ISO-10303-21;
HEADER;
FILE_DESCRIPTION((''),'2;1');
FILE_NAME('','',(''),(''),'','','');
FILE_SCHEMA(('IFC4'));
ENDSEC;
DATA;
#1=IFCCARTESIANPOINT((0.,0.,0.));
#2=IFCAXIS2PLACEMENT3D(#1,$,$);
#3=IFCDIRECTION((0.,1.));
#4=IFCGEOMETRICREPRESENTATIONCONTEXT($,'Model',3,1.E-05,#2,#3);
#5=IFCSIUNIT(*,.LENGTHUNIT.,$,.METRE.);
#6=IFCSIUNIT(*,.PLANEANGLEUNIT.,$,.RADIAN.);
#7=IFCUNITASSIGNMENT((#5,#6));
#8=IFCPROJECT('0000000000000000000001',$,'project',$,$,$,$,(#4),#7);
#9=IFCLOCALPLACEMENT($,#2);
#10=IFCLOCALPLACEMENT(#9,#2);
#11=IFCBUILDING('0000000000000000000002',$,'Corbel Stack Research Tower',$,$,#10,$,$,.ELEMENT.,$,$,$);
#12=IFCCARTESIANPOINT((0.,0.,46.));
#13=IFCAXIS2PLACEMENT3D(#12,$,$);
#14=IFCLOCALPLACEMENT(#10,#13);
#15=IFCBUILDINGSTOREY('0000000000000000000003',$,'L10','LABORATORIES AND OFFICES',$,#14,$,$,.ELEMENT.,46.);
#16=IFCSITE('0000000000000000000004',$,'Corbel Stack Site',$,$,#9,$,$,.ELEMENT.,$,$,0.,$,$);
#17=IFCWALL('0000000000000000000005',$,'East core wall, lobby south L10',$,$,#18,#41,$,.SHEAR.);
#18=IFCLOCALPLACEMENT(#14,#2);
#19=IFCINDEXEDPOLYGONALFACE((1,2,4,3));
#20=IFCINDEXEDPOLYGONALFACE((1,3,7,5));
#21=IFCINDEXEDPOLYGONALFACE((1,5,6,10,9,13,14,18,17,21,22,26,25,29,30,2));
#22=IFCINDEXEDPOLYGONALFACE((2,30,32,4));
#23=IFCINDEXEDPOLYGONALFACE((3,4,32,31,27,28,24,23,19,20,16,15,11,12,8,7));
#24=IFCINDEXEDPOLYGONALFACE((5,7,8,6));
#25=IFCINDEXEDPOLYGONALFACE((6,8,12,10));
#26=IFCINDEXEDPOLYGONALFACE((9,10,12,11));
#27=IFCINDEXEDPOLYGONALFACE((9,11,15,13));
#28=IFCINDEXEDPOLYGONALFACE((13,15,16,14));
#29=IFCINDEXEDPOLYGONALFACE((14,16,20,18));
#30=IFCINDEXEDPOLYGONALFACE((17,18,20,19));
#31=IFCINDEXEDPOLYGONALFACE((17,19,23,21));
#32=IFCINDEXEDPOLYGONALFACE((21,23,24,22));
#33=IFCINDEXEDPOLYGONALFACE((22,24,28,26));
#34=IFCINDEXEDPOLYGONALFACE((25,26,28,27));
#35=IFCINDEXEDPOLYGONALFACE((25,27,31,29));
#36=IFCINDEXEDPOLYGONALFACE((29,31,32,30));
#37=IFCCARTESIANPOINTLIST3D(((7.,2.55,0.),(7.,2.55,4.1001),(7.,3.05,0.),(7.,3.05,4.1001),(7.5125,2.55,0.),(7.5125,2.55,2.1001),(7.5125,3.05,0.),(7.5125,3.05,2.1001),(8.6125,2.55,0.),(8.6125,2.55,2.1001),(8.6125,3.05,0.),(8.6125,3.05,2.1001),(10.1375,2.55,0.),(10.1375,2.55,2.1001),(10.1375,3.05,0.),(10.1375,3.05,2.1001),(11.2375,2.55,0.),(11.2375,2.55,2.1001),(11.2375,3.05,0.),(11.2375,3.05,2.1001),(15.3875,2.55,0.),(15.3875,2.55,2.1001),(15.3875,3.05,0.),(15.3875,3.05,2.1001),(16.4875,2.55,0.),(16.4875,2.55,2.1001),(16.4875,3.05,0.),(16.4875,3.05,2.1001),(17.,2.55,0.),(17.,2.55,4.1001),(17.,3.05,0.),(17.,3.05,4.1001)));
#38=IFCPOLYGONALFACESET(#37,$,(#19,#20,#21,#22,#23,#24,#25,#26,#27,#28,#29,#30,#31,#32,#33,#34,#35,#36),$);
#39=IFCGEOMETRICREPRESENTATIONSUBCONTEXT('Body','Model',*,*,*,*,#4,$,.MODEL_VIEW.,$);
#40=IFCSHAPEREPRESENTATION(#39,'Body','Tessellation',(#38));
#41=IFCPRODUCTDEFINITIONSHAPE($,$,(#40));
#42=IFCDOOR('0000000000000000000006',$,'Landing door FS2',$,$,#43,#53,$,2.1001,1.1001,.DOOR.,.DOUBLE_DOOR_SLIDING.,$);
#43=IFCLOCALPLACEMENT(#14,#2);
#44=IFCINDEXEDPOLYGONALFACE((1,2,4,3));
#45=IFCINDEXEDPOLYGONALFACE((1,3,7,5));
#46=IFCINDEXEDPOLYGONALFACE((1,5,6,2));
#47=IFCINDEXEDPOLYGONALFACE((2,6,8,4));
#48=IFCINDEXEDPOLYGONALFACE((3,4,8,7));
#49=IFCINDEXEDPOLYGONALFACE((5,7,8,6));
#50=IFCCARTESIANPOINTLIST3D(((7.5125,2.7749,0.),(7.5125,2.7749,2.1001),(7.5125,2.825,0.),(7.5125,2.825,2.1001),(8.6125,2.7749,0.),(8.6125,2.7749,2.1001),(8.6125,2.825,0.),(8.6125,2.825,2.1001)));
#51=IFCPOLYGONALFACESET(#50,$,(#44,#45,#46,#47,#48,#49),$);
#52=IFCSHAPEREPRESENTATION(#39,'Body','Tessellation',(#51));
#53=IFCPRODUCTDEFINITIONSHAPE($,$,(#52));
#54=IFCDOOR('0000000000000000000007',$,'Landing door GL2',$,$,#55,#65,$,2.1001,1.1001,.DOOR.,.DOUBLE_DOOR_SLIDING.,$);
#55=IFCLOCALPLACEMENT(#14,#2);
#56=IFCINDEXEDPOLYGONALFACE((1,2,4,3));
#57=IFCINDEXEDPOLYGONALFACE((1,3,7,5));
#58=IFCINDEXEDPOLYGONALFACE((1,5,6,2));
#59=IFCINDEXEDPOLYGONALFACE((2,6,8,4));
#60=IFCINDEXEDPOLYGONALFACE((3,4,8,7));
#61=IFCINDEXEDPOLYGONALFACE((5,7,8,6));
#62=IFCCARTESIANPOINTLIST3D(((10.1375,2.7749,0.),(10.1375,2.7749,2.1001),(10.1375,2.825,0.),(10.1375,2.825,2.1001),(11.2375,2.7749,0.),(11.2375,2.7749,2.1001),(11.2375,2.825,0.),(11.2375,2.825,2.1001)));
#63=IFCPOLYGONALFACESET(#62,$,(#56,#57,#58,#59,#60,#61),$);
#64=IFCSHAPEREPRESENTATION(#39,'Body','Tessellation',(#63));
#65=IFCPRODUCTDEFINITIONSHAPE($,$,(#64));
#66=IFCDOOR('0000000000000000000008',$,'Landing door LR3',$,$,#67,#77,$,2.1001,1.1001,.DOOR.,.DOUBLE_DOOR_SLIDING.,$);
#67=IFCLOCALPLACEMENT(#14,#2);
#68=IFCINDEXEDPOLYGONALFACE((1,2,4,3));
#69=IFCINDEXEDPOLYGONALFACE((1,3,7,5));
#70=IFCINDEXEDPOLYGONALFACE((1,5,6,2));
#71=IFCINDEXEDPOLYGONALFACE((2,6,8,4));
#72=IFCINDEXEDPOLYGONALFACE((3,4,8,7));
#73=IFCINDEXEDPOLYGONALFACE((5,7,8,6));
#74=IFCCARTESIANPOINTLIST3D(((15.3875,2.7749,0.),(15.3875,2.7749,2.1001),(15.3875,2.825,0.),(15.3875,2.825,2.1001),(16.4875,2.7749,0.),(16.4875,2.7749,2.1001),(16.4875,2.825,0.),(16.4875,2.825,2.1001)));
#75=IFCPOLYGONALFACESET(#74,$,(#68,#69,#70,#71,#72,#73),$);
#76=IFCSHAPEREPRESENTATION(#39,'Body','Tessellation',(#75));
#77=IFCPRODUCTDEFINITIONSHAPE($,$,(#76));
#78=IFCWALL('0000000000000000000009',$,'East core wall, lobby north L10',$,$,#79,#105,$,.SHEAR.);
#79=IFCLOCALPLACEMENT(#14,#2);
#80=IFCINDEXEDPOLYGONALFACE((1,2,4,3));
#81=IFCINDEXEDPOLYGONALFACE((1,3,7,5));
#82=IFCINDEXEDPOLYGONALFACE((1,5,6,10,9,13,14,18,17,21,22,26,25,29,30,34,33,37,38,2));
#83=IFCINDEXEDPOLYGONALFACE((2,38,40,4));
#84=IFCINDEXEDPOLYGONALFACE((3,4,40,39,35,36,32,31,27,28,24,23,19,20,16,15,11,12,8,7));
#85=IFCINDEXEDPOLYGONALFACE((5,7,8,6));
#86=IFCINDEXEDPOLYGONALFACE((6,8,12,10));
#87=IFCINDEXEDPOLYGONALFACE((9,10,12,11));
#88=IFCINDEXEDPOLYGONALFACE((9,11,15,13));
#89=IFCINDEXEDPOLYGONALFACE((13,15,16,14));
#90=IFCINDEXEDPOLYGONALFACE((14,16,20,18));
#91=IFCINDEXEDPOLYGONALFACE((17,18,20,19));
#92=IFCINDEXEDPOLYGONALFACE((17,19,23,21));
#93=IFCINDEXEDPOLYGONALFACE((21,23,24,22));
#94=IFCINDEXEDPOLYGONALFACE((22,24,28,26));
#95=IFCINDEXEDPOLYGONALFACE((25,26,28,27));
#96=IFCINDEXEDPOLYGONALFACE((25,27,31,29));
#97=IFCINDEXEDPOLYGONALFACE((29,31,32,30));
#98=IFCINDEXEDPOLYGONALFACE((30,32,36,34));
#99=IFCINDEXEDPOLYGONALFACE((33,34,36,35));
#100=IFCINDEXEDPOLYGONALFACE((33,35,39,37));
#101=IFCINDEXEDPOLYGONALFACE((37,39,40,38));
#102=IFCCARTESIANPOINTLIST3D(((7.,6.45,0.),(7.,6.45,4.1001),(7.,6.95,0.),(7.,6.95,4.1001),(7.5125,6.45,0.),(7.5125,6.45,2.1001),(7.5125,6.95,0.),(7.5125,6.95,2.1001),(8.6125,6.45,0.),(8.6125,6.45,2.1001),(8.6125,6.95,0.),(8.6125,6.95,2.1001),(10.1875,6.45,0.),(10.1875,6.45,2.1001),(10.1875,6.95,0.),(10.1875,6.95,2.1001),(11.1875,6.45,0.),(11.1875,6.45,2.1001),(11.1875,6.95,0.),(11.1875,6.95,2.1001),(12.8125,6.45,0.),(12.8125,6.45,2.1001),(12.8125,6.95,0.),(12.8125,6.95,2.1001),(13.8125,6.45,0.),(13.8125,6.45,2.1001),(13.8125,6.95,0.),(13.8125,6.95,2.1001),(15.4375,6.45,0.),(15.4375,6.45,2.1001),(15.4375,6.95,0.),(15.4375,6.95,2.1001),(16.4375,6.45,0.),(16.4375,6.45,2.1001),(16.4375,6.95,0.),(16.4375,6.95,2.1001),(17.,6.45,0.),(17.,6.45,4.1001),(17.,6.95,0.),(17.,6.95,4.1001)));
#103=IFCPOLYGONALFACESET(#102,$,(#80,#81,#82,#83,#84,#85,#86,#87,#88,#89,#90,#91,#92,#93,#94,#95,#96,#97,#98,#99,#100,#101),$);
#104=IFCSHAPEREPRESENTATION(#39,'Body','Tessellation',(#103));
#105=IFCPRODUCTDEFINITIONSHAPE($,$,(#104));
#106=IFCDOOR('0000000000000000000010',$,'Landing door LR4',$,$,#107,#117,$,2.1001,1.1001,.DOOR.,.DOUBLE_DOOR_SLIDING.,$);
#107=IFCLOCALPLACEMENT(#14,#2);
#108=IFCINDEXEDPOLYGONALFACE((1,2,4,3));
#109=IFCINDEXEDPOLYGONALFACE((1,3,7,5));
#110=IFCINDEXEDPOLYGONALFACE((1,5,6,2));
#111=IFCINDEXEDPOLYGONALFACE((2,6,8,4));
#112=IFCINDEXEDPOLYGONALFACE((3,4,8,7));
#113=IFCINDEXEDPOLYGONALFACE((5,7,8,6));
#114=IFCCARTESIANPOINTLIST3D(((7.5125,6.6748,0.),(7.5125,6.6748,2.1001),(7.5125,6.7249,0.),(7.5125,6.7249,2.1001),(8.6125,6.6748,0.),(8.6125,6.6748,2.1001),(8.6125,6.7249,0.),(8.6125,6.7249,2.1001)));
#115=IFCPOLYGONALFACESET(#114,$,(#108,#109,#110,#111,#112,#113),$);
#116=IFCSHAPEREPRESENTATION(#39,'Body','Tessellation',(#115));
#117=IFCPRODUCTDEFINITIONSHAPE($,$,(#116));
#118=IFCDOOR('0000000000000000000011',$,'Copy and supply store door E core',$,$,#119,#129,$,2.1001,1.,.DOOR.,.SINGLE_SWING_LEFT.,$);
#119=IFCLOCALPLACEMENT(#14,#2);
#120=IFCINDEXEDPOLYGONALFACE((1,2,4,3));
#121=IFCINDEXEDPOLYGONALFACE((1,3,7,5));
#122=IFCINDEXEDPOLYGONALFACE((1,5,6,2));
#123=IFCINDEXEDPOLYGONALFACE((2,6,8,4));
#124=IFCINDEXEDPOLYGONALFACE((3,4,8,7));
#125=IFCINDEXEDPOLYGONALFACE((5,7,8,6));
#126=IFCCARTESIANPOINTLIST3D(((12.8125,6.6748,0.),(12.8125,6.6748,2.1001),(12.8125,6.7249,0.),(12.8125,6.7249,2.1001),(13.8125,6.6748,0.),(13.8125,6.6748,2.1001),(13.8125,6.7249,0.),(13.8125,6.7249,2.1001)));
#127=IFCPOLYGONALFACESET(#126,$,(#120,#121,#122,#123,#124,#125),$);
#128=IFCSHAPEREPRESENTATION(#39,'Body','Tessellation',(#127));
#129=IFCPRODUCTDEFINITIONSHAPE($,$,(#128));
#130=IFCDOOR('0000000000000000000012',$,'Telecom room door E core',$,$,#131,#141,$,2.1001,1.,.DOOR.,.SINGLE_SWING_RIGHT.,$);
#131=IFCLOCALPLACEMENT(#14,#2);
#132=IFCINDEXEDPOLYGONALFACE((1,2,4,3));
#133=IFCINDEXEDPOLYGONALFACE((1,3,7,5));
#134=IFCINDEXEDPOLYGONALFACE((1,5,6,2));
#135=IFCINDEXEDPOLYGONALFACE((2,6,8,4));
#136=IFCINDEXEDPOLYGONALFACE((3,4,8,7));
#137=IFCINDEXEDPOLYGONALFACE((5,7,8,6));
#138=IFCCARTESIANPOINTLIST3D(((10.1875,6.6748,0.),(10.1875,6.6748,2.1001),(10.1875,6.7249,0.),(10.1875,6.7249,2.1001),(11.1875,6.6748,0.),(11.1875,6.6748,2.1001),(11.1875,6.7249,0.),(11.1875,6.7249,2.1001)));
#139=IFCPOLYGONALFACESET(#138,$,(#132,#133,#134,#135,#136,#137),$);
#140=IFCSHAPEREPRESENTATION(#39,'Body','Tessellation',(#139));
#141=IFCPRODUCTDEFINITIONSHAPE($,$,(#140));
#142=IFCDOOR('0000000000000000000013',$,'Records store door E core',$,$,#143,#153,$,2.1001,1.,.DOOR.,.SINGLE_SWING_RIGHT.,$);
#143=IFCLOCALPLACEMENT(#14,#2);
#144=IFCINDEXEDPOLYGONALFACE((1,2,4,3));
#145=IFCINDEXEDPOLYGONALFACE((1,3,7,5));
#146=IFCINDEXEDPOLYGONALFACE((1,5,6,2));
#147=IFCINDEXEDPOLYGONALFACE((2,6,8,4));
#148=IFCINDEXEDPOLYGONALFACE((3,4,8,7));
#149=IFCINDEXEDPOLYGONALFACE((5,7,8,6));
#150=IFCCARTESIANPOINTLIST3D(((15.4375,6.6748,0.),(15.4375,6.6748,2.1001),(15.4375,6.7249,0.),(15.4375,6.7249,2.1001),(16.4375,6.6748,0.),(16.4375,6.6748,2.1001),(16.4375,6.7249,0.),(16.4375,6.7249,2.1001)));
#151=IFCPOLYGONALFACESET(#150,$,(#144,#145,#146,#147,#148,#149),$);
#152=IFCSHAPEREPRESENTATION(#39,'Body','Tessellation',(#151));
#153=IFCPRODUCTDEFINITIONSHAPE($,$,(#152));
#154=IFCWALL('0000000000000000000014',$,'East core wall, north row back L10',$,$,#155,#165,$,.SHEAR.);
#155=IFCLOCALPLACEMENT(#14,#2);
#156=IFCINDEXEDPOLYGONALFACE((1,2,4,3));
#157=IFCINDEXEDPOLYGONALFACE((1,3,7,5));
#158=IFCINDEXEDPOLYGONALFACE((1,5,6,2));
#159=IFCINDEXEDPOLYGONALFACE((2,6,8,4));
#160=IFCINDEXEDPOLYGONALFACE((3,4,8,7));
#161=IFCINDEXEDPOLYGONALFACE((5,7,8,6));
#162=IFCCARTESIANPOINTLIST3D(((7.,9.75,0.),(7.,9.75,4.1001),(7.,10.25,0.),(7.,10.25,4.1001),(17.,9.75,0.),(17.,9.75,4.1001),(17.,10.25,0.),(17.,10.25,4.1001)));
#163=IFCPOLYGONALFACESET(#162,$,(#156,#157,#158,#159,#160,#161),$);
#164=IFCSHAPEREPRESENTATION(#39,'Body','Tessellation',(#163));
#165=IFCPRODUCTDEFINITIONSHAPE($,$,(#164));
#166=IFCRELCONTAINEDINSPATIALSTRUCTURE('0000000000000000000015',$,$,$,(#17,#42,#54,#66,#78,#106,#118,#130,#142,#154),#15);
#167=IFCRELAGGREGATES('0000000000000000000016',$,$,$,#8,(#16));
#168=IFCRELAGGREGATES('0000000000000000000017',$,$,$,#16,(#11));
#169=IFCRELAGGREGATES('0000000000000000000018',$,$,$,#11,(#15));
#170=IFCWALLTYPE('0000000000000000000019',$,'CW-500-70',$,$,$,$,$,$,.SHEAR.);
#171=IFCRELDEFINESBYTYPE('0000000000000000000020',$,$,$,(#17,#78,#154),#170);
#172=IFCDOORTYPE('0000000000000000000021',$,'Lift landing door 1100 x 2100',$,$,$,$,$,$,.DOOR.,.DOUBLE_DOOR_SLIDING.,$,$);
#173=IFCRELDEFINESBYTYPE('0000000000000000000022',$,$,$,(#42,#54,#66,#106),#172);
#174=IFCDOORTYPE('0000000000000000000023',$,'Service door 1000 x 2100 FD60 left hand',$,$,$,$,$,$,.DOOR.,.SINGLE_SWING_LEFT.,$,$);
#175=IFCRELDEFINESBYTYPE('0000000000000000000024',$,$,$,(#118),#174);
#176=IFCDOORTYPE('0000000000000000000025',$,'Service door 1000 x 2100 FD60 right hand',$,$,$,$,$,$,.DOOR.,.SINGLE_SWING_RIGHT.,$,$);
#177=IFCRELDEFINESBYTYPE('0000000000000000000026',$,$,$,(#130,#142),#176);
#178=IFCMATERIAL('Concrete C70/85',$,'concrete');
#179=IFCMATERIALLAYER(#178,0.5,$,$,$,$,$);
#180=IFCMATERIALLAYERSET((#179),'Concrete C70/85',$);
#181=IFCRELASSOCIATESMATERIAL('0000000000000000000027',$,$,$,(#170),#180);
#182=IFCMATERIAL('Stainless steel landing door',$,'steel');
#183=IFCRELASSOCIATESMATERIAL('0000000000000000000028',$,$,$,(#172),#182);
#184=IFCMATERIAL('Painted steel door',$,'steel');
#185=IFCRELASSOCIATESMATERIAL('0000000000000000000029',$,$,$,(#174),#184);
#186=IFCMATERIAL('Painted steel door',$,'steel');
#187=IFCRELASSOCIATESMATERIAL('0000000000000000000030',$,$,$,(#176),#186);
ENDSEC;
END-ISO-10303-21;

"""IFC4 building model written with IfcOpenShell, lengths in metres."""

from ifc_helpers import new_model, si_unit, direction, frame, frame_2d, origin, place, context, subcontext, project, spatial, rectangle, extrude, material, layer, layer_set, type_object, element, fill, save


model = new_model("IFC4")

# Units and contexts
model_context = context("Model", 3, precision=1e-05, world=origin(), true_north=direction((0.0, 1.0)))
body_context = subcontext(model_context, "Body", "Model", "MODEL_VIEW")
ifc_project = project(units=[si_unit("LENGTHUNIT", "METRE"), si_unit("PLANEANGLEUNIT", "RADIAN")], contexts=[model_context])

# Site, building, storey
site_placement = place(None, origin())
site = spatial("IfcSite", under=ifc_project, at=site_placement, Name="Corbel Stack Site", CompositionType="ELEMENT", RefElevation=0.0)
building_placement = place(site_placement, origin())
building = spatial("IfcBuilding", under=site, at=building_placement, Name="Corbel Stack Research Tower", CompositionType="ELEMENT")
storey_placement = place(building_placement, frame((0.0, 0.0, 46.0)))
storey = spatial("IfcBuildingStorey", under=building, at=storey_placement, Name="L10", Description="LABORATORIES AND OFFICES", CompositionType="ELEMENT", Elevation=46.0)

# Walls, openings, doors
ifc_material_1 = material(Name="Concrete C70/85", Category="concrete")
ifc_layer_1 = layer(ifc_material_1, 0.5)
ifc_layer_set_1 = layer_set([ifc_layer_1], Name="Concrete C70/85")
wall_type_1 = type_object("IfcWallType", Name="CW-500-70", PredefinedType="SHEAR", material=ifc_layer_set_1)
wall_1_placement = place(storey_placement, frame((7.0, 2.8, 0.0), z_axis=(0.0, 0.0, 1.0), x_axis=(1.0, 0.0, 0.0)))
wall_1 = element("IfcWall", 1, at=wall_1_placement, inside=storey, type_object=wall_type_1, Name="East core wall, lobby south L10", PredefinedType="SHEAR", context=body_context, shape_type="SweptSolid", body=[
    extrude(rectangle(XDim=10.0, YDim=0.5, at=frame_2d((5.0, 0.0))), origin(), (0.0, 0.0, 1.0), 4.1001),
])
opening_1_placement = place(wall_1_placement, frame((0.5125, 0.0, 0.0)))
opening_1 = element("IfcOpeningElement", 2, at=opening_1_placement, cuts=wall_1, PredefinedType="OPENING", context=body_context, shape_type="SweptSolid", body=[
    extrude(rectangle(XDim=1.1001, YDim=2.1001, at=frame_2d((0.55, 1.05))), frame((0.0, 0.26, 0.0), z_axis=(0.0, -1.0, 0.0), x_axis=(1.0, 0.0, 0.0)), (0.0, 0.0, 1.0), 0.52),
])
opening_2_placement = place(wall_1_placement, frame((3.1375, 0.0, 0.0)))
opening_2 = element("IfcOpeningElement", 3, at=opening_2_placement, cuts=wall_1, PredefinedType="OPENING", context=body_context, shape_type="SweptSolid", body=[
    extrude(rectangle(XDim=1.1001, YDim=2.1001, at=frame_2d((0.55, 1.05))), frame((0.0, 0.26, 0.0), z_axis=(0.0, -1.0, 0.0), x_axis=(1.0, 0.0, 0.0)), (0.0, 0.0, 1.0), 0.52),
])
opening_3_placement = place(wall_1_placement, frame((8.3875, 0.0, 0.0)))
opening_3 = element("IfcOpeningElement", 4, at=opening_3_placement, cuts=wall_1, PredefinedType="OPENING", context=body_context, shape_type="SweptSolid", body=[
    extrude(rectangle(XDim=1.1001, YDim=2.1001, at=frame_2d((0.55, 1.05))), frame((0.0, 0.26, 0.0), z_axis=(0.0, -1.0, 0.0), x_axis=(1.0, 0.0, 0.0)), (0.0, 0.0, 1.0), 0.52),
])
ifc_material_2 = material(Name="Stainless steel landing door", Category="steel")
door_type_1 = type_object("IfcDoorType", Name="Lift landing door 1100 x 2100", OperationType="DOUBLE_DOOR_SLIDING", PredefinedType="DOOR", material=ifc_material_2)
door_1_placement = place(opening_1_placement, origin())
door_1 = element("IfcDoor", 5, at=door_1_placement, inside=storey, type_object=door_type_1, Name="Landing door FS2", OperationType="DOUBLE_DOOR_SLIDING", OverallHeight=2.1001, OverallWidth=1.1001, PredefinedType="DOOR", context=body_context, shape_type="SweptSolid", body=[
    extrude(rectangle(XDim=1.1001, YDim=2.1001, at=frame_2d((0.55, 1.05))), frame((0.0, 0.0249, 0.0), z_axis=(0.0, -1.0, 0.0), x_axis=(1.0, 0.0, 0.0)), (0.0, 0.0, 1.0), 0.05),
])
fill(opening_1, door_1)
door_2_placement = place(opening_2_placement, origin())
door_2 = element("IfcDoor", 6, at=door_2_placement, inside=storey, type_object=door_type_1, Name="Landing door GL2", OperationType="DOUBLE_DOOR_SLIDING", OverallHeight=2.1001, OverallWidth=1.1001, PredefinedType="DOOR", context=body_context, shape_type="SweptSolid", body=[
    extrude(rectangle(XDim=1.1001, YDim=2.1001, at=frame_2d((0.55, 1.05))), frame((0.0, 0.0249, 0.0), z_axis=(0.0, -1.0, 0.0), x_axis=(1.0, 0.0, 0.0)), (0.0, 0.0, 1.0), 0.05),
])
fill(opening_2, door_2)
door_3_placement = place(opening_3_placement, origin())
door_3 = element("IfcDoor", 7, at=door_3_placement, inside=storey, type_object=door_type_1, Name="Landing door LR3", OperationType="DOUBLE_DOOR_SLIDING", OverallHeight=2.1001, OverallWidth=1.1001, PredefinedType="DOOR", context=body_context, shape_type="SweptSolid", body=[
    extrude(rectangle(XDim=1.1001, YDim=2.1001, at=frame_2d((0.55, 1.05))), frame((0.0, 0.0249, 0.0), z_axis=(0.0, -1.0, 0.0), x_axis=(1.0, 0.0, 0.0)), (0.0, 0.0, 1.0), 0.05),
])
fill(opening_3, door_3)
wall_2_placement = place(storey_placement, frame((7.0, 6.7, 0.0), z_axis=(0.0, 0.0, 1.0), x_axis=(1.0, 0.0, 0.0)))
wall_2 = element("IfcWall", 8, at=wall_2_placement, inside=storey, type_object=wall_type_1, Name="East core wall, lobby north L10", PredefinedType="SHEAR", context=body_context, shape_type="SweptSolid", body=[
    extrude(rectangle(XDim=10.0, YDim=0.5, at=frame_2d((5.0, 0.0))), origin(), (0.0, 0.0, 1.0), 4.1001),
])
opening_4_placement = place(wall_2_placement, frame((0.5125, 0.0, 0.0)))
opening_4 = element("IfcOpeningElement", 9, at=opening_4_placement, cuts=wall_2, PredefinedType="OPENING", context=body_context, shape_type="SweptSolid", body=[
    extrude(rectangle(XDim=1.1001, YDim=2.1001, at=frame_2d((0.55, 1.05))), frame((0.0, 0.26, 0.0), z_axis=(0.0, -1.0, 0.0), x_axis=(1.0, 0.0, 0.0)), (0.0, 0.0, 1.0), 0.52),
])
opening_5_placement = place(wall_2_placement, frame((3.1875, 0.0, 0.0)))
opening_5 = element("IfcOpeningElement", 10, at=opening_5_placement, cuts=wall_2, PredefinedType="OPENING", context=body_context, shape_type="SweptSolid", body=[
    extrude(rectangle(XDim=1.0, YDim=2.1001, at=frame_2d((0.5, 1.05))), frame((0.0, 0.26, 0.0), z_axis=(0.0, -1.0, 0.0), x_axis=(1.0, 0.0, 0.0)), (0.0, 0.0, 1.0), 0.52),
])
opening_6_placement = place(wall_2_placement, frame((5.8125, 0.0, 0.0)))
opening_6 = element("IfcOpeningElement", 11, at=opening_6_placement, cuts=wall_2, PredefinedType="OPENING", context=body_context, shape_type="SweptSolid", body=[
    extrude(rectangle(XDim=1.0, YDim=2.1001, at=frame_2d((0.5, 1.05))), frame((0.0, 0.26, 0.0), z_axis=(0.0, -1.0, 0.0), x_axis=(1.0, 0.0, 0.0)), (0.0, 0.0, 1.0), 0.52),
])
opening_7_placement = place(wall_2_placement, frame((8.4375, 0.0, 0.0)))
opening_7 = element("IfcOpeningElement", 12, at=opening_7_placement, cuts=wall_2, PredefinedType="OPENING", context=body_context, shape_type="SweptSolid", body=[
    extrude(rectangle(XDim=1.0, YDim=2.1001, at=frame_2d((0.5, 1.05))), frame((0.0, 0.26, 0.0), z_axis=(0.0, -1.0, 0.0), x_axis=(1.0, 0.0, 0.0)), (0.0, 0.0, 1.0), 0.52),
])
door_4_placement = place(opening_4_placement, origin())
door_4 = element("IfcDoor", 13, at=door_4_placement, inside=storey, type_object=door_type_1, Name="Landing door LR4", OperationType="DOUBLE_DOOR_SLIDING", OverallHeight=2.1001, OverallWidth=1.1001, PredefinedType="DOOR", context=body_context, shape_type="SweptSolid", body=[
    extrude(rectangle(XDim=1.1001, YDim=2.1001, at=frame_2d((0.55, 1.05))), frame((0.0, 0.0249, 0.0), z_axis=(0.0, -1.0, 0.0), x_axis=(1.0, 0.0, 0.0)), (0.0, 0.0, 1.0), 0.05),
])
fill(opening_4, door_4)
ifc_material_3 = material(Name="Painted steel door", Category="steel")
door_type_2 = type_object("IfcDoorType", Name="Service door 1000 x 2100 FD60 left hand", OperationType="SINGLE_SWING_LEFT", PredefinedType="DOOR", material=ifc_material_3)
door_5_placement = place(opening_6_placement, origin())
door_5 = element("IfcDoor", 14, at=door_5_placement, inside=storey, type_object=door_type_2, Name="Copy and supply store door E core", OperationType="SINGLE_SWING_LEFT", OverallHeight=2.1001, OverallWidth=1.0, PredefinedType="DOOR", context=body_context, shape_type="SweptSolid", body=[
    extrude(rectangle(XDim=1.0, YDim=2.1001, at=frame_2d((0.5, 1.05))), frame((0.0, 0.0249, 0.0), z_axis=(0.0, -1.0, 0.0), x_axis=(1.0, 0.0, 0.0)), (0.0, 0.0, 1.0), 0.05),
])
fill(opening_6, door_5)
ifc_material_4 = material(Name="Painted steel door", Category="steel")
door_type_3 = type_object("IfcDoorType", Name="Service door 1000 x 2100 FD60 right hand", OperationType="SINGLE_SWING_RIGHT", PredefinedType="DOOR", material=ifc_material_4)
door_6_placement = place(opening_5_placement, origin())
door_6 = element("IfcDoor", 15, at=door_6_placement, inside=storey, type_object=door_type_3, Name="Telecom room door E core", OperationType="SINGLE_SWING_RIGHT", OverallHeight=2.1001, OverallWidth=1.0, PredefinedType="DOOR", context=body_context, shape_type="SweptSolid", body=[
    extrude(rectangle(XDim=1.0, YDim=2.1001, at=frame_2d((0.5, 1.05))), frame((0.0, 0.0249, 0.0), z_axis=(0.0, -1.0, 0.0), x_axis=(1.0, 0.0, 0.0)), (0.0, 0.0, 1.0), 0.05),
])
fill(opening_5, door_6)
door_7_placement = place(opening_7_placement, origin())
door_7 = element("IfcDoor", 16, at=door_7_placement, inside=storey, type_object=door_type_3, Name="Records store door E core", OperationType="SINGLE_SWING_RIGHT", OverallHeight=2.1001, OverallWidth=1.0, PredefinedType="DOOR", context=body_context, shape_type="SweptSolid", body=[
    extrude(rectangle(XDim=1.0, YDim=2.1001, at=frame_2d((0.5, 1.05))), frame((0.0, 0.0249, 0.0), z_axis=(0.0, -1.0, 0.0), x_axis=(1.0, 0.0, 0.0)), (0.0, 0.0, 1.0), 0.05),
])
fill(opening_7, door_7)

# Wall
wall_3_placement = place(storey_placement, frame((7.0, 10.0, 0.0), z_axis=(0.0, 0.0, 1.0), x_axis=(1.0, 0.0, 0.0)))
element("IfcWall", 17, at=wall_3_placement, inside=storey, type_object=wall_type_1, Name="East core wall, north row back L10", PredefinedType="SHEAR", context=body_context, shape_type="SweptSolid", body=[
    extrude(rectangle(XDim=10.0, YDim=0.5, at=frame_2d((5.0, 0.0))), origin(), (0.0, 0.0, 1.0), 4.1001),
])

save(model, "model.ifc")
